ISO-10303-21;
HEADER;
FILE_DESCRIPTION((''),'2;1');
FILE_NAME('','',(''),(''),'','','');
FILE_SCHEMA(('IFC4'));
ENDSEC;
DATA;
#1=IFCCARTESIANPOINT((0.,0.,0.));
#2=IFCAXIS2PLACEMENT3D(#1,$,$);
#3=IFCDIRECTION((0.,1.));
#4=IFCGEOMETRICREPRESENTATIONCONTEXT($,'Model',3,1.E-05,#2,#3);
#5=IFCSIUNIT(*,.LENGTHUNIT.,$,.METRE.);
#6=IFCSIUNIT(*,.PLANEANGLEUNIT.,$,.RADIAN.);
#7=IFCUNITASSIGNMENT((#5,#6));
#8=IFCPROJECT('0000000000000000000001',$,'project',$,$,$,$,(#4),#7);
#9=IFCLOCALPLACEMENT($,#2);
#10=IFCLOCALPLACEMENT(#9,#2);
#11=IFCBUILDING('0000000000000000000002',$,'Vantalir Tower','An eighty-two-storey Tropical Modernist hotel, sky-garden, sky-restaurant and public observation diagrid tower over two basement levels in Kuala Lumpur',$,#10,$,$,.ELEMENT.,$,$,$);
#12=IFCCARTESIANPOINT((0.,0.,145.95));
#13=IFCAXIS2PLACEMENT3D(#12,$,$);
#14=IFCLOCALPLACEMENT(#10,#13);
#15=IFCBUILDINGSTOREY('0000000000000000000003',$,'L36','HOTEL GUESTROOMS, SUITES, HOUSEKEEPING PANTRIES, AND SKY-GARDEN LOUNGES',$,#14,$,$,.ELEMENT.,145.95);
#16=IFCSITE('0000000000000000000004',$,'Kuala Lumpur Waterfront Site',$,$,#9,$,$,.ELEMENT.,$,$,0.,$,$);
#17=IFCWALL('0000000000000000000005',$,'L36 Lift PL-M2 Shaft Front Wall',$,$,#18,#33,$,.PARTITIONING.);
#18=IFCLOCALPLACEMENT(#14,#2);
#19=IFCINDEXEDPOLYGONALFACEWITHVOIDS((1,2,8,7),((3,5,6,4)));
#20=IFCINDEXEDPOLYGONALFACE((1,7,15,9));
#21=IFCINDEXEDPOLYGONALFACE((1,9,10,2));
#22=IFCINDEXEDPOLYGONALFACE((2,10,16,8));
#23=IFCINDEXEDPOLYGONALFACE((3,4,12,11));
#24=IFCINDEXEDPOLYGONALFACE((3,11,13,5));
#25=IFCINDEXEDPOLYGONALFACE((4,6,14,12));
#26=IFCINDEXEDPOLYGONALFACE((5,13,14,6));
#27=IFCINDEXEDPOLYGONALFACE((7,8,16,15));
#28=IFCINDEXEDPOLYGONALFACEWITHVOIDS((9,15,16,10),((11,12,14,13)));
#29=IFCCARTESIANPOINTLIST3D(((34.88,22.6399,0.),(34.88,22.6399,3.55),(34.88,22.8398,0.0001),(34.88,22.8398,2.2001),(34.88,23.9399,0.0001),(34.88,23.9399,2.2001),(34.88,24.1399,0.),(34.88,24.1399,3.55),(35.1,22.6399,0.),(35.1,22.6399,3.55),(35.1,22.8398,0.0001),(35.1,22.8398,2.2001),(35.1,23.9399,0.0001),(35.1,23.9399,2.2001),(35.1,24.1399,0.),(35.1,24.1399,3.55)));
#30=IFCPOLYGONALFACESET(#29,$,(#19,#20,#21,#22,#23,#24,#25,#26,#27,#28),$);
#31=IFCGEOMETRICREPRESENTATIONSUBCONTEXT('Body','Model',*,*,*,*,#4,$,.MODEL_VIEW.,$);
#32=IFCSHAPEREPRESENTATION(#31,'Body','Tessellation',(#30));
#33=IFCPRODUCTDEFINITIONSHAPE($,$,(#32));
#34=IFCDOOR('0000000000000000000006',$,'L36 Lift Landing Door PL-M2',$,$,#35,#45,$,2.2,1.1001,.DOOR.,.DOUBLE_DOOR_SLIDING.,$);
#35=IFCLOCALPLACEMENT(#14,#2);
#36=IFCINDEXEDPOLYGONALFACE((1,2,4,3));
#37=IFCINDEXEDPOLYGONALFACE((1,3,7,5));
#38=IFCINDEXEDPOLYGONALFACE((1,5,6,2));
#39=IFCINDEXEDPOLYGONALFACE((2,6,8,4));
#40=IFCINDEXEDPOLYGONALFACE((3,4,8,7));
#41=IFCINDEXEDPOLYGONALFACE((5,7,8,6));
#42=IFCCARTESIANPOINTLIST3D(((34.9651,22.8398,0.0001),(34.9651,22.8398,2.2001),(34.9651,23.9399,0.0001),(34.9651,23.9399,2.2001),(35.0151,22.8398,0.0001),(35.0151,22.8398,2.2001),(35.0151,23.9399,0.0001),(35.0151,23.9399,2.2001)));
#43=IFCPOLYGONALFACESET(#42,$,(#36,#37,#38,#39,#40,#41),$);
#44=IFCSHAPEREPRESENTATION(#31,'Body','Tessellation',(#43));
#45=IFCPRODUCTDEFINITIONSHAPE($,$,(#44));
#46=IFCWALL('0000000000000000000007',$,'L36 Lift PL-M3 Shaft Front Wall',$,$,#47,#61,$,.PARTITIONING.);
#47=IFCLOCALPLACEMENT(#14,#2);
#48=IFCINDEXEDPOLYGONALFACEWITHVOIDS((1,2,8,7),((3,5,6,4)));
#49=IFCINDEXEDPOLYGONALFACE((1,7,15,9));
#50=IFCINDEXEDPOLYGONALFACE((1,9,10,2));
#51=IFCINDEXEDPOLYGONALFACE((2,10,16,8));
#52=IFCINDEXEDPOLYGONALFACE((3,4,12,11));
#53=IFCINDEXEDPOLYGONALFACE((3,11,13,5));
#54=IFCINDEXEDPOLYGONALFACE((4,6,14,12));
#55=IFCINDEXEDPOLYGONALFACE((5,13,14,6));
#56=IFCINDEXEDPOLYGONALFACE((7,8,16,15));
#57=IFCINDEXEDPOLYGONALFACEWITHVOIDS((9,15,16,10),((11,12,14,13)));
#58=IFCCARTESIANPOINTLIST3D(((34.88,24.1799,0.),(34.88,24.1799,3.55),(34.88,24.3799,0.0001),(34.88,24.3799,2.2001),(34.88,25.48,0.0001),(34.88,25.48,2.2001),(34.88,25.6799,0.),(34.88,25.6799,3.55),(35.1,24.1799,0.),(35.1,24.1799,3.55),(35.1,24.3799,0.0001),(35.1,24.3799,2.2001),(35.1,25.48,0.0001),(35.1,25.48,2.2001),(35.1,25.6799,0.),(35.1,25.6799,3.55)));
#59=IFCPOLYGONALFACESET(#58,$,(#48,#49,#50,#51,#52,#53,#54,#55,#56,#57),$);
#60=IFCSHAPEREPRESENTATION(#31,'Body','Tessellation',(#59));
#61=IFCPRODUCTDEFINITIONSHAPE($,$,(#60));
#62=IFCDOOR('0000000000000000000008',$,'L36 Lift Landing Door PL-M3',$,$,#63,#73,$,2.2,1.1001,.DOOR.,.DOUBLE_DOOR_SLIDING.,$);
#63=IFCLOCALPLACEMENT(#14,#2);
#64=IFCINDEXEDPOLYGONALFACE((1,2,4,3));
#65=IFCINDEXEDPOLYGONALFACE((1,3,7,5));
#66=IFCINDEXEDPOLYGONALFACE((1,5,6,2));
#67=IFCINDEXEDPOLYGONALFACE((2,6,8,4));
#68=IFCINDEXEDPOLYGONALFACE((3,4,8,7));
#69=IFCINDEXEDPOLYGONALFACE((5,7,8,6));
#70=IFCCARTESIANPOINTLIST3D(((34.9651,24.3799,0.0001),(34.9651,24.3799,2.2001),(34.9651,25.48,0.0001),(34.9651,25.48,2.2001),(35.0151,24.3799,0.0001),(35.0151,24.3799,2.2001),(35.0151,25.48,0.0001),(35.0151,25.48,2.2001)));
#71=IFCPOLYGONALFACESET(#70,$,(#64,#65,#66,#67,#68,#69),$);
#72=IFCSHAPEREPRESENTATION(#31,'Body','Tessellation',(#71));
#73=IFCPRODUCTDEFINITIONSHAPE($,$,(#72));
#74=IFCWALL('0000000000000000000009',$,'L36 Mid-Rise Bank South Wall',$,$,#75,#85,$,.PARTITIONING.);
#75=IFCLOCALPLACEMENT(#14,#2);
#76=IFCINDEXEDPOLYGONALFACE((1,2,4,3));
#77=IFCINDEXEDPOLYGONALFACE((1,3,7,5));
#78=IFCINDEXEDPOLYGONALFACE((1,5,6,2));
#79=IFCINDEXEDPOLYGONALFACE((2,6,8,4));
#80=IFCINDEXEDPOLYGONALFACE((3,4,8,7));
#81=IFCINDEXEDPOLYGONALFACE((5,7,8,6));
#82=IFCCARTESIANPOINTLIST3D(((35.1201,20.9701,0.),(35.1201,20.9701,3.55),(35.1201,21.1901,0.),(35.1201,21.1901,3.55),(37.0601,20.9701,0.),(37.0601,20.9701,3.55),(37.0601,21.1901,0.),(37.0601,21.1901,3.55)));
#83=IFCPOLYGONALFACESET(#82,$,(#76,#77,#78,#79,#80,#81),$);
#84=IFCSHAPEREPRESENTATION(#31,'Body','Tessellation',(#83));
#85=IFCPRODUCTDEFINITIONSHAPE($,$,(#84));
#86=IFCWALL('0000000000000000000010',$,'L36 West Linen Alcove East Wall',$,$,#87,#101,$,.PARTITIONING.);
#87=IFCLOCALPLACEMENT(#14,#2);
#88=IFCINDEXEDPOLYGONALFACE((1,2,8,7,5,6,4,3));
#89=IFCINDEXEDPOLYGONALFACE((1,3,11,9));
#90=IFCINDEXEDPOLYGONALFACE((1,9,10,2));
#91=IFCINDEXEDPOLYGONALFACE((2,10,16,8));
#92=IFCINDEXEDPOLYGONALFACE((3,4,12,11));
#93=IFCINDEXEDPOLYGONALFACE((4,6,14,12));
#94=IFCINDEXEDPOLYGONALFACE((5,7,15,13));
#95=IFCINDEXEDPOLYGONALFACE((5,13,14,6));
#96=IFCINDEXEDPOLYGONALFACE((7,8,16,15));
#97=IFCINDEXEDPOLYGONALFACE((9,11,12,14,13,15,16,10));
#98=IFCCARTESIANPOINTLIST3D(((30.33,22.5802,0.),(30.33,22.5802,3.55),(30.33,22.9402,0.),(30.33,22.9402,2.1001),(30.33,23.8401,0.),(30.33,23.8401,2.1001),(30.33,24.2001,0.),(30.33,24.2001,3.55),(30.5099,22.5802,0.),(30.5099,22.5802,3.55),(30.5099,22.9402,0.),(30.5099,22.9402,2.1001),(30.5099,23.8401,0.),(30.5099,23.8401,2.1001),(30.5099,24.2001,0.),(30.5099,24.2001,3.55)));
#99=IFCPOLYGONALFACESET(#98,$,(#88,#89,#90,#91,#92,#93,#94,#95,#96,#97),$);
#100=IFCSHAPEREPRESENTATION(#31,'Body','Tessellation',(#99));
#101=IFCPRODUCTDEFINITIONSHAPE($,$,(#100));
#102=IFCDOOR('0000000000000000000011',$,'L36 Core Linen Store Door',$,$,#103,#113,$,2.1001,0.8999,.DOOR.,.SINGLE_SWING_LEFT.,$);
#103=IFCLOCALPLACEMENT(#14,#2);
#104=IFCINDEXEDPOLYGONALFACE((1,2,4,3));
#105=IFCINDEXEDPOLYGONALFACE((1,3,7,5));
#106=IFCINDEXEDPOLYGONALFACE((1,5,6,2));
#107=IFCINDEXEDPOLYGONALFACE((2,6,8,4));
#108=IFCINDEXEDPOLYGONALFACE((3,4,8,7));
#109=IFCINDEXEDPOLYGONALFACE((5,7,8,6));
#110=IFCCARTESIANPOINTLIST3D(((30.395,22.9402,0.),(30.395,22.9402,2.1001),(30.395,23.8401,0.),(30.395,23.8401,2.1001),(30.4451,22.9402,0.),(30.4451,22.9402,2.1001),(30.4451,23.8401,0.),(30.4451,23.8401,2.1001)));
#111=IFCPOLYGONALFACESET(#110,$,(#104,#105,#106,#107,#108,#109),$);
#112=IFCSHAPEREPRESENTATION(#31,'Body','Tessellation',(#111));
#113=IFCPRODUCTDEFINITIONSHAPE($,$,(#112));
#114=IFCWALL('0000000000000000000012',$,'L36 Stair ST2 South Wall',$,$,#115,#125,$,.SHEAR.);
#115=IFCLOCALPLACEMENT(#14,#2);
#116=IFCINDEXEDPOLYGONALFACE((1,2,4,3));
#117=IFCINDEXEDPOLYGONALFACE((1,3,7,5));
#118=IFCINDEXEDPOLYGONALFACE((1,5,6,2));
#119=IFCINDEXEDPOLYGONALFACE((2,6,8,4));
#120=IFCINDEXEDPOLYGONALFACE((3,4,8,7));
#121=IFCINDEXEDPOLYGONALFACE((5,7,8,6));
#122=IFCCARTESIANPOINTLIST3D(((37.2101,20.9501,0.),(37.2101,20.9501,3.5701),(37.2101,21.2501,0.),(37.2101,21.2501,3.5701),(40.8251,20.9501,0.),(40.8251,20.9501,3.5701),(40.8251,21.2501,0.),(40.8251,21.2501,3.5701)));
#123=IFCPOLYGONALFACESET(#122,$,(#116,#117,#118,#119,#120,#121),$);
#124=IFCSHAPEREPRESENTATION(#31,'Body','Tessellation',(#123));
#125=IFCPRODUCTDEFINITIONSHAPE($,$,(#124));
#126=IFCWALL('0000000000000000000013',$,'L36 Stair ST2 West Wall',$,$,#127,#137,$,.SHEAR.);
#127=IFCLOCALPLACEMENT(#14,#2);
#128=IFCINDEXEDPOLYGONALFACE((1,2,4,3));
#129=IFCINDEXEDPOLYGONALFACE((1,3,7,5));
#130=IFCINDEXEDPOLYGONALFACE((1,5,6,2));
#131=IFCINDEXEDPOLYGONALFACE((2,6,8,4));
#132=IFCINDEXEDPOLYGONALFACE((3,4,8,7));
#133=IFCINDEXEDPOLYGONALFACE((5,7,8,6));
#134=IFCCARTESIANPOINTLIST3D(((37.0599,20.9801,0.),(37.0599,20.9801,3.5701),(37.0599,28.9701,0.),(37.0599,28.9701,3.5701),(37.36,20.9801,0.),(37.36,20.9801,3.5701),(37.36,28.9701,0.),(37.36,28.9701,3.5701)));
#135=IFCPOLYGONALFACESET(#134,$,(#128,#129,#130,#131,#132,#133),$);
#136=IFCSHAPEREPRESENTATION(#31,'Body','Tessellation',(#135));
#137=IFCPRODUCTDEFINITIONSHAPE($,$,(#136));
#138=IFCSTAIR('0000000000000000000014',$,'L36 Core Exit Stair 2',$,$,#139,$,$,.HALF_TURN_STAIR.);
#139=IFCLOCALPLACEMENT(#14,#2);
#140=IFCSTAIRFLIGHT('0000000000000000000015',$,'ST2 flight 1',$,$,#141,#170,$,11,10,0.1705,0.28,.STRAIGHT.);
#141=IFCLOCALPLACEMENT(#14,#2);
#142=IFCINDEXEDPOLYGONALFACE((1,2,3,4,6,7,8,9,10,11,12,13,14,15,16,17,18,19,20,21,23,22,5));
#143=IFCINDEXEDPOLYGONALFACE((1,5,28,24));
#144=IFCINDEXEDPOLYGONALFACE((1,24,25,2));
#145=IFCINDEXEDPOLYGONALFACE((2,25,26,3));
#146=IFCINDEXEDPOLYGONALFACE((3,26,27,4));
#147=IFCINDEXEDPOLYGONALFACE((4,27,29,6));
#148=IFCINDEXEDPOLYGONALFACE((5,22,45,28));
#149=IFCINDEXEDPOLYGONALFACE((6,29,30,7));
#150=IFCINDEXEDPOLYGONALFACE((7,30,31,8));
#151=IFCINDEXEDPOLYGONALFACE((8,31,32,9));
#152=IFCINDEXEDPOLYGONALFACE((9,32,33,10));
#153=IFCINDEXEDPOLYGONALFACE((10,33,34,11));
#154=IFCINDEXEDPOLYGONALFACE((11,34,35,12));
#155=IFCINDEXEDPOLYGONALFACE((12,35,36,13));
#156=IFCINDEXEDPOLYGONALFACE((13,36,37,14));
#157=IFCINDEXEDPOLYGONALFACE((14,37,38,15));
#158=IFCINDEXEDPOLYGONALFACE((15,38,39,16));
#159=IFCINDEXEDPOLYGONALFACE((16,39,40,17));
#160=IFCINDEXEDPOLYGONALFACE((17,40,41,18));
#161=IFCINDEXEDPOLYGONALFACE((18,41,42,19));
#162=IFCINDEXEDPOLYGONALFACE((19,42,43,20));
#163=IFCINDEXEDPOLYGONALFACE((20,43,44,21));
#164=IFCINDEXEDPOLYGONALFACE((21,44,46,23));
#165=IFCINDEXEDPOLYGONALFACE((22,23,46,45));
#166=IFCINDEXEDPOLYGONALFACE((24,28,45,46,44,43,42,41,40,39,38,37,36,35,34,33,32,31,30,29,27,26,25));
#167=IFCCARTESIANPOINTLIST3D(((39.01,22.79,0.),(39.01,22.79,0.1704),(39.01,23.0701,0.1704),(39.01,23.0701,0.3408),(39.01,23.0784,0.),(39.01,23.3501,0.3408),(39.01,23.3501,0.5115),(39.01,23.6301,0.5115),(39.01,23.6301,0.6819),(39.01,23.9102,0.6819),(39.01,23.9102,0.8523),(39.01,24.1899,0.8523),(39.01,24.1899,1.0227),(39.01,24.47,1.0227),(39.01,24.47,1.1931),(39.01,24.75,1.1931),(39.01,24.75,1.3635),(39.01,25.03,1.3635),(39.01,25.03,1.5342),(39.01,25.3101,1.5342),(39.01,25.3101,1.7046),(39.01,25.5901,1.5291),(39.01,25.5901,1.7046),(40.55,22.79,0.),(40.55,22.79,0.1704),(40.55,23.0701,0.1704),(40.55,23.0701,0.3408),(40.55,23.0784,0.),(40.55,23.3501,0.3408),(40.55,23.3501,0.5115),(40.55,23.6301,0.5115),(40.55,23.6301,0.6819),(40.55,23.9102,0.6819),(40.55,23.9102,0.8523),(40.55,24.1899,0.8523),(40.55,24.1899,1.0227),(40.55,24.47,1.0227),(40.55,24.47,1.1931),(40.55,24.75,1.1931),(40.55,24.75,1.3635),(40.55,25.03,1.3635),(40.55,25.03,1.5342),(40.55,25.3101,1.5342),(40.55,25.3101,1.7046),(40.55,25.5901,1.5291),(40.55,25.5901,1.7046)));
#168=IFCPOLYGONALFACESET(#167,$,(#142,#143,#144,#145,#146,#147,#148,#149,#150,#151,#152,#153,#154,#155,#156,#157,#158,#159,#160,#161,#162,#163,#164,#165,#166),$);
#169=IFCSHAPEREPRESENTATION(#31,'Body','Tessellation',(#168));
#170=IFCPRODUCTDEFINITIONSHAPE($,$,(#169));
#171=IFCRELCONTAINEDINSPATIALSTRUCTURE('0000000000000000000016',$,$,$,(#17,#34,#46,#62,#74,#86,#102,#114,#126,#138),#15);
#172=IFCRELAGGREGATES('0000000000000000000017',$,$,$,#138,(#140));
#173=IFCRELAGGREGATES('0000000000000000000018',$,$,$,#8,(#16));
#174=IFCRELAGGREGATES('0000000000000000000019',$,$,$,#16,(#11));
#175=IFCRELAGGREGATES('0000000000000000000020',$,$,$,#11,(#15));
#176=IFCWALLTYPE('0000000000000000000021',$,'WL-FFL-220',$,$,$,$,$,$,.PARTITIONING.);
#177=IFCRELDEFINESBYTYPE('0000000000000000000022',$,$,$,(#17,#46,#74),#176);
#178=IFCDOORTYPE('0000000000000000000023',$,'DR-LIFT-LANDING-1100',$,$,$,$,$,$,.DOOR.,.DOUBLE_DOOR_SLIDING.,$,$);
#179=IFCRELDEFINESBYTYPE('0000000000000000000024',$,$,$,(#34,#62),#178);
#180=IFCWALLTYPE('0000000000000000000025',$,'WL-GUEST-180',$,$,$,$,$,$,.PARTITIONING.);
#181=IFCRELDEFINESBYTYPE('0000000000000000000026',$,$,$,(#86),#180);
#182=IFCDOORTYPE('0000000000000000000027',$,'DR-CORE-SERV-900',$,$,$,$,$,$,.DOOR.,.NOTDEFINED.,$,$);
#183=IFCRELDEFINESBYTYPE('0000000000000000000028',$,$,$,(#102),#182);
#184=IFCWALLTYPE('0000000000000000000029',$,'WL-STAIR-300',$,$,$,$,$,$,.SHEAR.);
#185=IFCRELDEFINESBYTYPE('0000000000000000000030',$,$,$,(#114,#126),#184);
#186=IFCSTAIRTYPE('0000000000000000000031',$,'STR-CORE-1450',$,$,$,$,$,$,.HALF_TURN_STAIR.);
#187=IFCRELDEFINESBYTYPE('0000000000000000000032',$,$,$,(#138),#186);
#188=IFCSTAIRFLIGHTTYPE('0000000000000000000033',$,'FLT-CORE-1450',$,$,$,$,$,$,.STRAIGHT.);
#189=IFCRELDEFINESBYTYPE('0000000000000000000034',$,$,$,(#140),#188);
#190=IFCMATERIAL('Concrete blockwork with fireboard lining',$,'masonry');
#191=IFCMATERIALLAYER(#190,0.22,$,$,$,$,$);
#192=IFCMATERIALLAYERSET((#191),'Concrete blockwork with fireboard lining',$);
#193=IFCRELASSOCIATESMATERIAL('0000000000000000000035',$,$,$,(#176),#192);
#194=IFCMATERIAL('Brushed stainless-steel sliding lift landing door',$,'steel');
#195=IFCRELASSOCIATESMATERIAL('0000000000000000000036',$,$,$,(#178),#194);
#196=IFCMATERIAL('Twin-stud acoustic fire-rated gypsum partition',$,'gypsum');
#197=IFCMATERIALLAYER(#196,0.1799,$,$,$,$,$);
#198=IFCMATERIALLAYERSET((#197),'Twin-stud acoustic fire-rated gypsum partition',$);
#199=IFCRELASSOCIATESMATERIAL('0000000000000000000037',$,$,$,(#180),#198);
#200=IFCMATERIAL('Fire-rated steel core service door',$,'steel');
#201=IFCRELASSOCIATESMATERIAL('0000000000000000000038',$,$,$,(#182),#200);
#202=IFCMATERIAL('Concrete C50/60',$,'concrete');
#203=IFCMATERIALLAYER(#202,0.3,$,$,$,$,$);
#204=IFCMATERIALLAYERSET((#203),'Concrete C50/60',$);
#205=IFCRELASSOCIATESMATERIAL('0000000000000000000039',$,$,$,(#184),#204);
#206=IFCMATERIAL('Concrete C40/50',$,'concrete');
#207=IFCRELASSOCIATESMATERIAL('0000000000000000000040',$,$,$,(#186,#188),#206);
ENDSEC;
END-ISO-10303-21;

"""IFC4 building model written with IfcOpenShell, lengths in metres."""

from ifc_helpers import new_model, si_unit, direction, frame, frame_2d, origin, place, context, subcontext, project, spatial, polyline, rectangle, outline, extrude, material, layer, layer_set, type_object, element, fill, aggregate, save


model = new_model("IFC4")

# Units and contexts
model_context = context("Model", 3, precision=1e-05, world=origin(), true_north=direction((0.0, 1.0)))
body_context = subcontext(model_context, "Body", "Model", "MODEL_VIEW")
ifc_project = project(units=[si_unit("LENGTHUNIT", "METRE"), si_unit("PLANEANGLEUNIT", "RADIAN")], contexts=[model_context])

# Site, building, storey
site_placement = place(None, origin())
site = spatial("IfcSite", under=ifc_project, at=site_placement, Name="Kuala Lumpur Waterfront Site", CompositionType="ELEMENT", RefElevation=0.0)
building_placement = place(site_placement, origin())
building = spatial("IfcBuilding", under=site, at=building_placement, Name="Vantalir Tower", Description="An eighty-two-storey Tropical Modernist hotel, sky-garden, sky-restaurant and public observation diagrid tower over two basement levels in Kuala Lumpur", CompositionType="ELEMENT")
storey_placement = place(building_placement, frame((0.0, 0.0, 145.95)))
storey = spatial("IfcBuildingStorey", under=building, at=storey_placement, Name="L36", Description="HOTEL GUESTROOMS, SUITES, HOUSEKEEPING PANTRIES, AND SKY-GARDEN LOUNGES", CompositionType="ELEMENT", Elevation=145.95)

# Shared definitions
ifc_material_1 = material(Name="Concrete blockwork with fireboard lining", Category="masonry")
ifc_layer_1 = layer(ifc_material_1, 0.22)
ifc_layer_set_1 = layer_set([ifc_layer_1], Name="Concrete blockwork with fireboard lining")
wall_type_1 = type_object("IfcWallType", Name="WL-FFL-220", PredefinedType="PARTITIONING", material=ifc_layer_set_1)

# Walls, openings, doors
ifc_material_2 = material(Name="Brushed stainless-steel sliding lift landing door", Category="steel")
door_type_1 = type_object("IfcDoorType", Name="DR-LIFT-LANDING-1100", OperationType="DOUBLE_DOOR_SLIDING", PredefinedType="DOOR", material=ifc_material_2)
wall_1_placement = place(storey_placement, frame((34.99, 22.6399, 0.0), z_axis=(0.0, 0.0, 1.0), x_axis=(0.0, 1.0, 0.0)))
wall_1 = element("IfcWall", 1, at=wall_1_placement, inside=storey, type_object=wall_type_1, Name="L36 Lift PL-M2 Shaft Front Wall", PredefinedType="PARTITIONING", context=body_context, shape_type="SweptSolid", body=[
    extrude(rectangle(XDim=1.5, YDim=0.22, at=frame_2d((0.75, 0.0))), origin(), (0.0, 0.0, 1.0), 3.55),
])
opening_1_placement = place(wall_1_placement, frame((0.2, 0.0, 0.0)))
opening_1 = element("IfcOpeningElement", 2, at=opening_1_placement, cuts=wall_1, PredefinedType="OPENING", context=body_context, shape_type="SweptSolid", body=[
    extrude(rectangle(XDim=1.1001, YDim=2.2, at=frame_2d((0.55, 1.1001))), frame((0.0, 0.1199, 0.0), z_axis=(0.0, -1.0, 0.0), x_axis=(1.0, 0.0, 0.0)), (0.0, 0.0, 1.0), 0.24),
])
door_1_placement = place(opening_1_placement, origin())
door_1 = element("IfcDoor", 3, at=door_1_placement, inside=storey, type_object=door_type_1, Name="L36 Lift Landing Door PL-M2", OperationType="DOUBLE_DOOR_SLIDING", OverallHeight=2.2, OverallWidth=1.1001, PredefinedType="DOOR", context=body_context, shape_type="SweptSolid", body=[
    extrude(rectangle(XDim=1.1001, YDim=2.2, at=frame_2d((0.55, 1.1001))), frame((0.0, 0.0249, 0.0), z_axis=(0.0, -1.0, 0.0), x_axis=(1.0, 0.0, 0.0)), (0.0, 0.0, 1.0), 0.05),
])
fill(opening_1, door_1)
wall_2_placement = place(storey_placement, frame((34.99, 24.1799, 0.0), z_axis=(0.0, 0.0, 1.0), x_axis=(0.0, 1.0, 0.0)))
wall_2 = element("IfcWall", 4, at=wall_2_placement, inside=storey, type_object=wall_type_1, Name="L36 Lift PL-M3 Shaft Front Wall", PredefinedType="PARTITIONING", context=body_context, shape_type="SweptSolid", body=[
    extrude(rectangle(XDim=1.5, YDim=0.22, at=frame_2d((0.75, 0.0))), origin(), (0.0, 0.0, 1.0), 3.55),
])
opening_2_placement = place(wall_2_placement, frame((0.2, 0.0, 0.0)))
opening_2 = element("IfcOpeningElement", 5, at=opening_2_placement, cuts=wall_2, PredefinedType="OPENING", context=body_context, shape_type="SweptSolid", body=[
    extrude(rectangle(XDim=1.1001, YDim=2.2, at=frame_2d((0.55, 1.1001))), frame((0.0, 0.1199, 0.0), z_axis=(0.0, -1.0, 0.0), x_axis=(1.0, 0.0, 0.0)), (0.0, 0.0, 1.0), 0.24),
])
door_2_placement = place(opening_2_placement, origin())
door_2 = element("IfcDoor", 6, at=door_2_placement, inside=storey, type_object=door_type_1, Name="L36 Lift Landing Door PL-M3", OperationType="DOUBLE_DOOR_SLIDING", OverallHeight=2.2, OverallWidth=1.1001, PredefinedType="DOOR", context=body_context, shape_type="SweptSolid", body=[
    extrude(rectangle(XDim=1.1001, YDim=2.2, at=frame_2d((0.55, 1.1001))), frame((0.0, 0.0249, 0.0), z_axis=(0.0, -1.0, 0.0), x_axis=(1.0, 0.0, 0.0)), (0.0, 0.0, 1.0), 0.05),
])
fill(opening_2, door_2)

# Wall
wall_3_placement = place(storey_placement, frame((35.1201, 21.0801, 0.0), z_axis=(0.0, 0.0, 1.0), x_axis=(1.0, 0.0, 0.0)))
element("IfcWall", 7, at=wall_3_placement, inside=storey, type_object=wall_type_1, Name="L36 Mid-Rise Bank South Wall", PredefinedType="PARTITIONING", context=body_context, shape_type="SweptSolid", body=[
    extrude(rectangle(XDim=1.9399, YDim=0.22, at=frame_2d((0.97, 0.0))), origin(), (0.0, 0.0, 1.0), 3.55),
])

# Wall, opening, door
ifc_material_3 = material(Name="Twin-stud acoustic fire-rated gypsum partition", Category="gypsum")
ifc_layer_2 = layer(ifc_material_3, 0.1799)
ifc_layer_set_2 = layer_set([ifc_layer_2], Name="Twin-stud acoustic fire-rated gypsum partition")
wall_type_2 = type_object("IfcWallType", Name="WL-GUEST-180", PredefinedType="PARTITIONING", material=ifc_layer_set_2)
wall_4_placement = place(storey_placement, frame((30.4199, 22.5801, 0.0), z_axis=(0.0, 0.0, 1.0), x_axis=(0.0, 1.0, 0.0)))
wall_4 = element("IfcWall", 8, at=wall_4_placement, inside=storey, type_object=wall_type_2, Name="L36 West Linen Alcove East Wall", PredefinedType="PARTITIONING", context=body_context, shape_type="SweptSolid", body=[
    extrude(rectangle(XDim=1.6199, YDim=0.1799, at=frame_2d((0.8101, 0.0))), origin(), (0.0, 0.0, 1.0), 3.55),
])
opening_3_placement = place(wall_4_placement, frame((0.3601, 0.0, 0.0)))
opening_3 = element("IfcOpeningElement", 9, at=opening_3_placement, cuts=wall_4, PredefinedType="OPENING", context=body_context, shape_type="SweptSolid", body=[
    extrude(rectangle(XDim=0.8999, YDim=2.1001, at=frame_2d((0.45, 1.05))), frame((0.0, 0.0999, 0.0), z_axis=(0.0, -1.0, 0.0), x_axis=(1.0, 0.0, 0.0)), (0.0, 0.0, 1.0), 0.2),
])
ifc_material_4 = material(Name="Fire-rated steel core service door", Category="steel")
door_type_2 = type_object("IfcDoorType", Name="DR-CORE-SERV-900", OperationType="NOTDEFINED", PredefinedType="DOOR", material=ifc_material_4)
door_3_placement = place(opening_3_placement, origin())
door_3 = element("IfcDoor", 10, at=door_3_placement, inside=storey, type_object=door_type_2, Name="L36 Core Linen Store Door", OperationType="SINGLE_SWING_LEFT", OverallHeight=2.1001, OverallWidth=0.8999, PredefinedType="DOOR", context=body_context, shape_type="SweptSolid", body=[
    extrude(rectangle(XDim=0.8999, YDim=2.1001, at=frame_2d((0.45, 1.05))), frame((0.0, 0.0249, 0.0), z_axis=(0.0, -1.0, 0.0), x_axis=(1.0, 0.0, 0.0)), (0.0, 0.0, 1.0), 0.05),
])
fill(opening_3, door_3)

# Walls
ifc_material_5 = material(Name="Concrete C50/60", Category="concrete")
ifc_layer_3 = layer(ifc_material_5, 0.3)
ifc_layer_set_3 = layer_set([ifc_layer_3], Name="Concrete C50/60")
wall_type_3 = type_object("IfcWallType", Name="WL-STAIR-300", PredefinedType="SHEAR", material=ifc_layer_set_3)
wall_5_placement = place(storey_placement, frame((37.21, 21.1001, 0.0), z_axis=(0.0, 0.0, 1.0), x_axis=(1.0, 0.0, 0.0)))
element("IfcWall", 11, at=wall_5_placement, inside=storey, type_object=wall_type_3, Name="L36 Stair ST2 South Wall", PredefinedType="SHEAR", context=body_context, shape_type="SweptSolid", body=[
    extrude(rectangle(XDim=3.615, YDim=0.3, at=frame_2d((1.8076, 0.0))), origin(), (0.0, 0.0, 1.0), 3.5701),
])
wall_6_placement = place(storey_placement, frame((37.21, 20.98, 0.0), z_axis=(0.0, 0.0, 1.0), x_axis=(0.0, 1.0, 0.0)))
element("IfcWall", 12, at=wall_6_placement, inside=storey, type_object=wall_type_3, Name="L36 Stair ST2 West Wall", PredefinedType="SHEAR", context=body_context, shape_type="SweptSolid", body=[
    extrude(rectangle(XDim=7.99, YDim=0.3, at=frame_2d((3.9951, 0.0))), origin(), (0.0, 0.0, 1.0), 3.5701),
])

# Stair, stair flight
ifc_material_6 = material(Name="Concrete C40/50", Category="concrete")
stair_type = type_object("IfcStairType", Name="STR-CORE-1450", PredefinedType="HALF_TURN_STAIR", material=ifc_material_6)
stair_placement = place(storey_placement, origin())
stair = element("IfcStair", 13, at=stair_placement, inside=storey, type_object=stair_type, Name="L36 Core Exit Stair 2", PredefinedType="HALF_TURN_STAIR")
stair_flight_type = type_object("IfcStairFlightType", Name="FLT-CORE-1450", PredefinedType="STRAIGHT", material=ifc_material_6)
stair_flight_placement = place(storey_placement, frame((39.78, 22.79, 0.0), z_axis=(0.0, 0.0, 1.0), x_axis=(0.0, 1.0, 0.0)))
stair_flight = element("IfcStairFlight", 14, at=stair_flight_placement, type_object=stair_flight_type, Name="ST2 flight 1", NumberOfRisers=11, NumberOfTreads=10, PredefinedType="STRAIGHT", RiserHeight=0.1705, TreadLength=0.28, context=body_context, shape_type="SweptSolid", body=[
    extrude(outline(polyline([(0.0, 0.0), (0.0, 0.1704), (0.28, 0.1704), (0.28, 0.3408), (0.5601, 0.3408), (0.5601, 0.5115), (0.8401, 0.5115), (0.8401, 0.6819), (1.1201, 0.6819), (1.1201, 0.8523), (1.3999, 0.8523), (1.3999, 1.0227), (1.6799, 1.0227), (1.6799, 1.1931), (1.96, 1.1931), (1.96, 1.3635), (2.24, 1.3635), (2.24, 1.5342), (2.52, 1.5342), (2.52, 1.7046), (2.8, 1.7046), (2.8, 1.875), (2.8, 1.5291), (0.2883, 0.0), (0.0, 0.0)])), frame((0.0, 0.77, 0.0), z_axis=(0.0, -1.0, 0.0), x_axis=(1.0, 0.0, 0.0)), (0.0, 0.0, 1.0), 1.54),
])
aggregate(stair, [stair_flight])

save(model, "model.ifc")
